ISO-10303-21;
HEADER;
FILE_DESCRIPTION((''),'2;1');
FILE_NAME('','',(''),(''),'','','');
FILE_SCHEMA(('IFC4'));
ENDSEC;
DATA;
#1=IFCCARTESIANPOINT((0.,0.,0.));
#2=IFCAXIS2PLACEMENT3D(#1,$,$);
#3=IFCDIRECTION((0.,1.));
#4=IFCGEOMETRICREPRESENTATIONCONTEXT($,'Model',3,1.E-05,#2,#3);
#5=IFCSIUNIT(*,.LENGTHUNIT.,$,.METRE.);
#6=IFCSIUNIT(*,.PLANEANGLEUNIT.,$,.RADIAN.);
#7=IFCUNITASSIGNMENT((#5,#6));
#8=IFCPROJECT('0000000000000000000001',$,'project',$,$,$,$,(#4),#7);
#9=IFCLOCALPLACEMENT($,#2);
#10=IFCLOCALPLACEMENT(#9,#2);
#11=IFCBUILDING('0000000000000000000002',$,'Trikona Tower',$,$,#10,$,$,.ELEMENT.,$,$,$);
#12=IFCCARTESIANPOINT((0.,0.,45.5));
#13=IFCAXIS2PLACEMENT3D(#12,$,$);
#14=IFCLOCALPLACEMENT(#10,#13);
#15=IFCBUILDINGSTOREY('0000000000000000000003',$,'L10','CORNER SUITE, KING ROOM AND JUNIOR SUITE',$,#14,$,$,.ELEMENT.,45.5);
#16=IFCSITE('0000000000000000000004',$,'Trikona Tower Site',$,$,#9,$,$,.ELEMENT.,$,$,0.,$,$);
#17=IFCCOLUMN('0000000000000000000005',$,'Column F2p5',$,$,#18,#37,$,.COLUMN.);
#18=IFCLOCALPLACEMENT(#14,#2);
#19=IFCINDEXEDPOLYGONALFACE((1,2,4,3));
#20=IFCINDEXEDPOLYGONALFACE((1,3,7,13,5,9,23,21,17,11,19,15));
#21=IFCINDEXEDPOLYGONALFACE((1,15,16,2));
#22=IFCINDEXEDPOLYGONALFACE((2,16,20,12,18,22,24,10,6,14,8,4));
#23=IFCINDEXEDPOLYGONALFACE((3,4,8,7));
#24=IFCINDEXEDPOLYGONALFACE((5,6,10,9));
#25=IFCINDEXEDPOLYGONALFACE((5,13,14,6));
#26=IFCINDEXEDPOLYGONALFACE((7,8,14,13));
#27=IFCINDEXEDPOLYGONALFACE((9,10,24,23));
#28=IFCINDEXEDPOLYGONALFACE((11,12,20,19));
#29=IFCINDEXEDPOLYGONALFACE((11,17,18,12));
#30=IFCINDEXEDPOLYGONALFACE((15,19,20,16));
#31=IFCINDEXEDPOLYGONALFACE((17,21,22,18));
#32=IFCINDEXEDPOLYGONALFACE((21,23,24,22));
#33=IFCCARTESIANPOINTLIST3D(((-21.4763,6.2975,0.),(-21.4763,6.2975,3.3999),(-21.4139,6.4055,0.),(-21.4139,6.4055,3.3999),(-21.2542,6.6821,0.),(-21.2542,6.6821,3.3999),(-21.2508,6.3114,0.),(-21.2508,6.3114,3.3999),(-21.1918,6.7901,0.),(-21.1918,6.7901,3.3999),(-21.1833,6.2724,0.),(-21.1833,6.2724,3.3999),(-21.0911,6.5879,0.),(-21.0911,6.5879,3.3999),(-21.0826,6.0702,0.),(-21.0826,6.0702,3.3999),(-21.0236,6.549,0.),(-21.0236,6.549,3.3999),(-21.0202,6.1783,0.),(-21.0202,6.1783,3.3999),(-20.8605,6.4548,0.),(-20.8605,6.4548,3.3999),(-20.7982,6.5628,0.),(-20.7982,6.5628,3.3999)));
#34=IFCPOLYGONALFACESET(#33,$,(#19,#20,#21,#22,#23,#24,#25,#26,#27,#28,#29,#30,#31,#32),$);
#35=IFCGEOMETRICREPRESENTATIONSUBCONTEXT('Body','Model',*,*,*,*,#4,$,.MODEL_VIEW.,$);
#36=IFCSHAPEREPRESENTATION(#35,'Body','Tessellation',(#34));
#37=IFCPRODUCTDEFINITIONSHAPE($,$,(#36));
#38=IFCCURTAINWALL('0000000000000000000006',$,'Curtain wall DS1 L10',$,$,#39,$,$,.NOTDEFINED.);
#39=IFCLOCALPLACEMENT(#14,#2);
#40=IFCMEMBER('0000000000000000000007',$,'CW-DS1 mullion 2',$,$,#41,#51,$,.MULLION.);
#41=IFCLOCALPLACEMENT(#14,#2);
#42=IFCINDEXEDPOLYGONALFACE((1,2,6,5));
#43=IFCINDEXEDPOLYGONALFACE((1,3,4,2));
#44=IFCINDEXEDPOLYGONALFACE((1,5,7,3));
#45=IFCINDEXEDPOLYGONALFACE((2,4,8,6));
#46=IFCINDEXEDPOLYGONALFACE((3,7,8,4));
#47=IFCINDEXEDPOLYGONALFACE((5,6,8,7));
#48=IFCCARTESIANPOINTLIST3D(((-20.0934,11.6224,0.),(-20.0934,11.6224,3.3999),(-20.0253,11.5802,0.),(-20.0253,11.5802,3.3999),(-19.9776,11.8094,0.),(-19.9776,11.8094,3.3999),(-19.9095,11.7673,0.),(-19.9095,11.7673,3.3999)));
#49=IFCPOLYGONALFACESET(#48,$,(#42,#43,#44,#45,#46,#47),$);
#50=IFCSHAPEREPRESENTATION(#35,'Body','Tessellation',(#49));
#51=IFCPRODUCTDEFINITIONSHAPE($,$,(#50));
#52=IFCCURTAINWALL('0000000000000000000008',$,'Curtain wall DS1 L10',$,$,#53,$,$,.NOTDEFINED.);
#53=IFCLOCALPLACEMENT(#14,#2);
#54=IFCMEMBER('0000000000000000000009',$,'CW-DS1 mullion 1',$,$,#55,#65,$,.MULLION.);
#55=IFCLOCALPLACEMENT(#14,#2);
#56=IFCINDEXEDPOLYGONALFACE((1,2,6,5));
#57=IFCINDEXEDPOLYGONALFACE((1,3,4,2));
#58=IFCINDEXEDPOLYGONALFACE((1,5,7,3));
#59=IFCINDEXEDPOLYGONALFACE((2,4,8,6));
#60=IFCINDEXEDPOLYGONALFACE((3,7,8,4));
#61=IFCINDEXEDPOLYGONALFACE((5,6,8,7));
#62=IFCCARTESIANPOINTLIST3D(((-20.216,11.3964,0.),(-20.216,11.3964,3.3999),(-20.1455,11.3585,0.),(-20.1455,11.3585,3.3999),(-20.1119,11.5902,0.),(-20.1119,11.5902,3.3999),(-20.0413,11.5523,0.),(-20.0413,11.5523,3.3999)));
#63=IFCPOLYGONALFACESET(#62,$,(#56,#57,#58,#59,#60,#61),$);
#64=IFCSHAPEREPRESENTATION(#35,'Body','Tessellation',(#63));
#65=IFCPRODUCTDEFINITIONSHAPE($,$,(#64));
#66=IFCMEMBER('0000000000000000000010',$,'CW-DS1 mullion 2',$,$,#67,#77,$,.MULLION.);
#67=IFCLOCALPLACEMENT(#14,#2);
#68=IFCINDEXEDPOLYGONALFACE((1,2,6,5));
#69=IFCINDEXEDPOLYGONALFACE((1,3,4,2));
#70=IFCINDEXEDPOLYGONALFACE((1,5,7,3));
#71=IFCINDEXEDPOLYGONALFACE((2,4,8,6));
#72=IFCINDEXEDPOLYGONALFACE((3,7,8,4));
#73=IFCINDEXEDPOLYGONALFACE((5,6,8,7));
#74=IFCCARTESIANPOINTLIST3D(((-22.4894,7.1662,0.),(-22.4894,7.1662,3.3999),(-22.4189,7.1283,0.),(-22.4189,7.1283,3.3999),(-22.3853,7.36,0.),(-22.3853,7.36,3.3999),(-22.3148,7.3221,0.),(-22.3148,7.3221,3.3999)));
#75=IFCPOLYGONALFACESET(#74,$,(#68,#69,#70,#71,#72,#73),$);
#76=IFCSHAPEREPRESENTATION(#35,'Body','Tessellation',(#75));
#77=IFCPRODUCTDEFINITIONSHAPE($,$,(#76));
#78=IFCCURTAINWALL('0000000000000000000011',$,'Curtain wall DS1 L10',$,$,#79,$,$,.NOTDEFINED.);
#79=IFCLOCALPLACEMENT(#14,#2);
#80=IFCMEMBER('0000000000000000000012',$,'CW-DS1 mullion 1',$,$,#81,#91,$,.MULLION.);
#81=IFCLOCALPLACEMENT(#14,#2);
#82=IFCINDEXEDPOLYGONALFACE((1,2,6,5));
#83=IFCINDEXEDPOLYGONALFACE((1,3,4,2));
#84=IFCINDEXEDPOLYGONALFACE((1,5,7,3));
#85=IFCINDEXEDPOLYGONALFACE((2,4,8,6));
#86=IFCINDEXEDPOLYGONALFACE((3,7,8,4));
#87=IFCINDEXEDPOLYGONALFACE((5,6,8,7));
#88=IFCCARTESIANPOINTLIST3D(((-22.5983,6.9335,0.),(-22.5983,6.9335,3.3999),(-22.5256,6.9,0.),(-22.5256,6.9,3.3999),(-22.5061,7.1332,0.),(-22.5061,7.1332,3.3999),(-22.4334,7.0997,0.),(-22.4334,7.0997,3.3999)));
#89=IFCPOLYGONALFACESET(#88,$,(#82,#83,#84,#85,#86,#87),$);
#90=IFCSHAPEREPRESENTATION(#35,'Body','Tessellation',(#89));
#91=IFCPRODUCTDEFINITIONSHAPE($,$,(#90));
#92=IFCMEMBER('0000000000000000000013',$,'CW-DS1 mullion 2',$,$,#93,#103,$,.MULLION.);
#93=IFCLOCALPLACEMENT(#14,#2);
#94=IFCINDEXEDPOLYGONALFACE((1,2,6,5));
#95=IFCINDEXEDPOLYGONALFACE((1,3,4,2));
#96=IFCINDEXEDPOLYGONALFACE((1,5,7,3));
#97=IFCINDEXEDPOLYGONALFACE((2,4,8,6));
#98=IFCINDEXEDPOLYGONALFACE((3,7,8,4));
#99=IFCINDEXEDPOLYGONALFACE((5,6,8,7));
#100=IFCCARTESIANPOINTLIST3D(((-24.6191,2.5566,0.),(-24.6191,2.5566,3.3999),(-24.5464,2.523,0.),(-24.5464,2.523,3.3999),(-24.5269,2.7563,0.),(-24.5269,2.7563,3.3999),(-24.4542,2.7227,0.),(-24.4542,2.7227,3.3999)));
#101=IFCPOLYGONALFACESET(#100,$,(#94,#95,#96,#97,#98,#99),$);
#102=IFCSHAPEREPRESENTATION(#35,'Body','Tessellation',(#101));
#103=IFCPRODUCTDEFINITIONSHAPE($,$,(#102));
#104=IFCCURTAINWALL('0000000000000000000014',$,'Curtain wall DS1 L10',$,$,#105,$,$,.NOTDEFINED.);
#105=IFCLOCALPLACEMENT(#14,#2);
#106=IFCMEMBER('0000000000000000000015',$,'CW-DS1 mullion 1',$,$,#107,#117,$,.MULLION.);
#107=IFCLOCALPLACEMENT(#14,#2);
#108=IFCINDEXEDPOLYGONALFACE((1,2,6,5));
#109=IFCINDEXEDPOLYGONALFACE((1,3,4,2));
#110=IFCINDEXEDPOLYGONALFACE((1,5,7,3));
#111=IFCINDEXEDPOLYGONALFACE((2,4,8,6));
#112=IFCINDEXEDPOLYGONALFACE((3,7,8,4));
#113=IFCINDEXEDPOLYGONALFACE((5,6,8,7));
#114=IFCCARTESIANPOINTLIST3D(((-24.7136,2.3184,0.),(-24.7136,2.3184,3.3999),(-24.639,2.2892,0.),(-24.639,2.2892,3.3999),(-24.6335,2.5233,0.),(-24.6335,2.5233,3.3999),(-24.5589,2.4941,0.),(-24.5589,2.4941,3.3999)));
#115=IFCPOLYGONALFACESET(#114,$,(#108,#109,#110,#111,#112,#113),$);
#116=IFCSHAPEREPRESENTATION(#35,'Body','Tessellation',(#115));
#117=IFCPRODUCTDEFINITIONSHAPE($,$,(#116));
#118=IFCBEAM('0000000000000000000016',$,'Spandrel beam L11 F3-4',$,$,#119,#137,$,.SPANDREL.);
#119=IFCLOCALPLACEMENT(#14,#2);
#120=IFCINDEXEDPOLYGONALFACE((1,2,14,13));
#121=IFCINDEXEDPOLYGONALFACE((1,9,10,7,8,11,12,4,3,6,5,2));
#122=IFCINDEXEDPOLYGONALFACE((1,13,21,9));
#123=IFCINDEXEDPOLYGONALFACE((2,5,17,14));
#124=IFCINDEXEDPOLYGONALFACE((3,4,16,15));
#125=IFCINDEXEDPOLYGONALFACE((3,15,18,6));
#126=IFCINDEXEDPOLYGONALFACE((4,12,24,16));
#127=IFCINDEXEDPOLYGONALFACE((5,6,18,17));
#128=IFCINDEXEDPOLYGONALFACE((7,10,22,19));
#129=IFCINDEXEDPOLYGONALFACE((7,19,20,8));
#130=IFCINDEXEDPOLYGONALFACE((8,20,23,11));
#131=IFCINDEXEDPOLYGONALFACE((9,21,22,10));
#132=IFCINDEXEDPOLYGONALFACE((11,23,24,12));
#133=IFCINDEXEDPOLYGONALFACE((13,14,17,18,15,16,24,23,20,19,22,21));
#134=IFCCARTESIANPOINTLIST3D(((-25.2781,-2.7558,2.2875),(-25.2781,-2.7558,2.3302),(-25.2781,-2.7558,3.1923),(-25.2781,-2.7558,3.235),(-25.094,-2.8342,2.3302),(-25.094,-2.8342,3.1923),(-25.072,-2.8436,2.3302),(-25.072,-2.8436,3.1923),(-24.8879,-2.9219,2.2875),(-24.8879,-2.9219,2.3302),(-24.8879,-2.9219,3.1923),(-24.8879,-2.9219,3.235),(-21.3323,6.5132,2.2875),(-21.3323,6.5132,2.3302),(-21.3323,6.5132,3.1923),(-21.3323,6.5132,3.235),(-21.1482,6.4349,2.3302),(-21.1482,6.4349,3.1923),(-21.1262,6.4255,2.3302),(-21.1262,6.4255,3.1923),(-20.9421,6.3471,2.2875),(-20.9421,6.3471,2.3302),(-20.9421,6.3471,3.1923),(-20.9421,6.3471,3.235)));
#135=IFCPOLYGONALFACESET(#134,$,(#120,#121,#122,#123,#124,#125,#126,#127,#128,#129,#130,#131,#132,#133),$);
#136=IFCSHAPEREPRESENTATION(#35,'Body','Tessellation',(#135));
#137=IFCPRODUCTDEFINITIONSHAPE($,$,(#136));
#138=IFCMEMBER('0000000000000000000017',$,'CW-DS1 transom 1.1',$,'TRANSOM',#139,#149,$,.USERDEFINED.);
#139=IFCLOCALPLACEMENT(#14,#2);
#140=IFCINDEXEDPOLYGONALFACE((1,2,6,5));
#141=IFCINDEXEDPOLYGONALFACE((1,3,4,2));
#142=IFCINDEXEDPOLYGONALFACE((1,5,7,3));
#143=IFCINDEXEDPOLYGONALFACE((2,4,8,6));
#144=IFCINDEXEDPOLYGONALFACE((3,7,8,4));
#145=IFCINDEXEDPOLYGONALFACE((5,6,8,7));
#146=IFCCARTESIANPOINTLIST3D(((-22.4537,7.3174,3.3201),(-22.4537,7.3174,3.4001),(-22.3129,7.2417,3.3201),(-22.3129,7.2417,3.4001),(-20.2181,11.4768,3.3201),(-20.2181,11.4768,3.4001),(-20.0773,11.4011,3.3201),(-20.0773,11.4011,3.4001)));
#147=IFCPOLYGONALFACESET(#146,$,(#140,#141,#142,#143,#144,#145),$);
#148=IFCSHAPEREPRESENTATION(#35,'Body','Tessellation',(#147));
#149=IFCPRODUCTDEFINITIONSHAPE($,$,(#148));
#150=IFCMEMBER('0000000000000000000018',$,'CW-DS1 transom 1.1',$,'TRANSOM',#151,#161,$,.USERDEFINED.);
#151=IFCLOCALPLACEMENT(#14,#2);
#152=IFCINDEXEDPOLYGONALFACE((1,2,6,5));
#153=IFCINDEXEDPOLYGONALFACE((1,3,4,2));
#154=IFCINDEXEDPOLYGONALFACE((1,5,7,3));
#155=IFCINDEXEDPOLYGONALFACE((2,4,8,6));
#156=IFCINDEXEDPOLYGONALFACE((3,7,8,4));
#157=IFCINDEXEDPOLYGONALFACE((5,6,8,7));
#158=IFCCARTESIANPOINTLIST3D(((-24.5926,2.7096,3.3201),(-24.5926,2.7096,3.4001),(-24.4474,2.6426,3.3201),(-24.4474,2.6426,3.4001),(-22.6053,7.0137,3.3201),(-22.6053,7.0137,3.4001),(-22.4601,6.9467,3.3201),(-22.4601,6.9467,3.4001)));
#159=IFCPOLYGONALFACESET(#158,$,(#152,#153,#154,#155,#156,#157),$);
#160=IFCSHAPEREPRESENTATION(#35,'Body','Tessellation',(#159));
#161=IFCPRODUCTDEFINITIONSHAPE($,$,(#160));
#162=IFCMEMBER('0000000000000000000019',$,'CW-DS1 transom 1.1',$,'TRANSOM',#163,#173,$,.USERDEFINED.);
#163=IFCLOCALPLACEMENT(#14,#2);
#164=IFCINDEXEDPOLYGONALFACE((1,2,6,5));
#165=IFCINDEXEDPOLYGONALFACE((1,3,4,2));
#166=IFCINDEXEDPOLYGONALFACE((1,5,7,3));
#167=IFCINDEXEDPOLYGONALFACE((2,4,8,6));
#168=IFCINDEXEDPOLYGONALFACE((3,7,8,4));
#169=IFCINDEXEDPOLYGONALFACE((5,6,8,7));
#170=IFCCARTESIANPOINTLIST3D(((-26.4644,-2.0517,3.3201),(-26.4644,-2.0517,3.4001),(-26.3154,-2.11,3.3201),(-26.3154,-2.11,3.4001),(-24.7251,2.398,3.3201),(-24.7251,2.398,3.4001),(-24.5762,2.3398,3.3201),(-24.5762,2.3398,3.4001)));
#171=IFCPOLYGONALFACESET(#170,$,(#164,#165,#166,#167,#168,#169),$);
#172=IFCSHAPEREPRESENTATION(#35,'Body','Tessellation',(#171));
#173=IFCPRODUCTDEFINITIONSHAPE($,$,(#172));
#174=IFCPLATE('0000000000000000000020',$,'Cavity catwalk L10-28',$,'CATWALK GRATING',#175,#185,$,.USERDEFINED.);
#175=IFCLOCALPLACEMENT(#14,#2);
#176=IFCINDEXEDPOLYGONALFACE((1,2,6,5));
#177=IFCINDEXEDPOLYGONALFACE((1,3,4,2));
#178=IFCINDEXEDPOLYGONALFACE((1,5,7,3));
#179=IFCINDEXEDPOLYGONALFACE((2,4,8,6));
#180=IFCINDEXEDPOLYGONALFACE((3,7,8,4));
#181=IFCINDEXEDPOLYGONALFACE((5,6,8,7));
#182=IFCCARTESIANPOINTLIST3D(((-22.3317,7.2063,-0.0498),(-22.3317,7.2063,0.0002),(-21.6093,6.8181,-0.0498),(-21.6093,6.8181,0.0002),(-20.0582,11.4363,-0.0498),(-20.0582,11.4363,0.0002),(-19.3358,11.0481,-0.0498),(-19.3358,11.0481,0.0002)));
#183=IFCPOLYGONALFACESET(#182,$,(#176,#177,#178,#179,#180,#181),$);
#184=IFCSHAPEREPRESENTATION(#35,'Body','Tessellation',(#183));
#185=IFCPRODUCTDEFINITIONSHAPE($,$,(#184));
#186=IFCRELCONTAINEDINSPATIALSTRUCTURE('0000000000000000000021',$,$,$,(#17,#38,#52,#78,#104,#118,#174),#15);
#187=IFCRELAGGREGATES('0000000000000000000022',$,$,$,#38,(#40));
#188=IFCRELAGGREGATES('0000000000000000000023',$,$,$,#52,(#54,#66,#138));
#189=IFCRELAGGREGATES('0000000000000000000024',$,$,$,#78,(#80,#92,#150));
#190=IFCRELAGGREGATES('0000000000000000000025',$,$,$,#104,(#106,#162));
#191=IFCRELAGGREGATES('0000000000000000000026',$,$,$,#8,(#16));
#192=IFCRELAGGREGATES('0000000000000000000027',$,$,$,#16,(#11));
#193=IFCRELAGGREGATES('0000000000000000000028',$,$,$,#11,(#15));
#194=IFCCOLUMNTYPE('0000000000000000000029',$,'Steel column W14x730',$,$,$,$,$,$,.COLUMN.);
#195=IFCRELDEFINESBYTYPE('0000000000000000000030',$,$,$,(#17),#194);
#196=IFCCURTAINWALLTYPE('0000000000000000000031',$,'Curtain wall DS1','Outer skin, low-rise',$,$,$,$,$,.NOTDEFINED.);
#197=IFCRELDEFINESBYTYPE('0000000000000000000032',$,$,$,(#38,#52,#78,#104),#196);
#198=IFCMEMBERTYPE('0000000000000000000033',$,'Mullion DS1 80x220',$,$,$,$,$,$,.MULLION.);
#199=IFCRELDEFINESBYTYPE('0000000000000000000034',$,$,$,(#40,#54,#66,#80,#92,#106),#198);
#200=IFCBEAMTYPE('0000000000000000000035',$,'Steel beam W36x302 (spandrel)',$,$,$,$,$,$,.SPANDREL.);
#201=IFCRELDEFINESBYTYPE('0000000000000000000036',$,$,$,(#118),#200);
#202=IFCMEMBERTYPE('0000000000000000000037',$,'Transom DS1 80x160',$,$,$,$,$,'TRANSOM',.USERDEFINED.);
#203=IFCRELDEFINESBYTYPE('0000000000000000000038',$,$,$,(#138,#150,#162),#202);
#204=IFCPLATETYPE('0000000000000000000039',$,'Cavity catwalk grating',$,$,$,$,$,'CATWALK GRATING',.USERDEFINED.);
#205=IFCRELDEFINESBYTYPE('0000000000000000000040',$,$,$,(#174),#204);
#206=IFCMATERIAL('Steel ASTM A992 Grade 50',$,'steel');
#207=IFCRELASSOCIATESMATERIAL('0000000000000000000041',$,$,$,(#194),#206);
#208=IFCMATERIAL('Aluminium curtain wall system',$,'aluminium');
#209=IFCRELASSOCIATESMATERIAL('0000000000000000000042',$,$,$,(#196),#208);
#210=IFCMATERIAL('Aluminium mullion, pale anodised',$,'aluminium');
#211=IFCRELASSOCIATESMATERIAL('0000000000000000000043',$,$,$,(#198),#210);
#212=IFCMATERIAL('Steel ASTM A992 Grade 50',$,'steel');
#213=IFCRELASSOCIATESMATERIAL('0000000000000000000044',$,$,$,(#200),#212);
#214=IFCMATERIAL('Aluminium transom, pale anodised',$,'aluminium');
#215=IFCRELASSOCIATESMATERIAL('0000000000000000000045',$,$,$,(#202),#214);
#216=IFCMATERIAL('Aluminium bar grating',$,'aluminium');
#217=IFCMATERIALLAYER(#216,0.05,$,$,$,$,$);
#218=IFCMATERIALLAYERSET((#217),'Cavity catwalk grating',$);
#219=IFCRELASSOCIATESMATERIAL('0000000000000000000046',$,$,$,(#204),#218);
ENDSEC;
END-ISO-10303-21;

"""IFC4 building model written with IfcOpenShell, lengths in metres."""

from ifc_helpers import new_model, si_unit, direction, frame, origin, origin_2d, place, context, subcontext, project, spatial, rectangle, i_section, extrude, material, layer, layer_set, material_profile, profile_set, type_object, element, aggregate, save


model = new_model("IFC4")

# Units and contexts
model_context = context("Model", 3, precision=1e-05, world=origin(), true_north=direction((0.0, 1.0)))
body_context = subcontext(model_context, "Body", "Model", "MODEL_VIEW")
ifc_project = project(units=[si_unit("LENGTHUNIT", "METRE"), si_unit("PLANEANGLEUNIT", "RADIAN")], contexts=[model_context])

# Site, building, storey
site_placement = place(None, origin())
site = spatial("IfcSite", under=ifc_project, at=site_placement, Name="Trikona Tower Site", CompositionType="ELEMENT", RefElevation=0.0)
building_placement = place(site_placement, origin())
building = spatial("IfcBuilding", under=site, at=building_placement, Name="Trikona Tower", CompositionType="ELEMENT")
storey_placement = place(building_placement, frame((0.0, 0.0, 45.5)))
storey = spatial("IfcBuildingStorey", under=building, at=storey_placement, Name="L10", Description="CORNER SUITE, KING ROOM AND JUNIOR SUITE", CompositionType="ELEMENT", Elevation=45.5)

# Column
ifc_material_1 = material(Name="Steel ASTM A992 Grade 50", Category="steel")
ifc_material_profile_1 = material_profile(ifc_material_1, i_section(OverallWidth=0.4546, OverallDepth=0.5688, WebThickness=0.0779, FlangeThickness=0.1248, at=origin_2d()), Name="W14X730")
ifc_profile_set_1 = profile_set([ifc_material_profile_1], Name="Steel ASTM A992 Grade 50")
column_type = type_object("IfcColumnType", Name="Steel column W14x730", PredefinedType="COLUMN", material=ifc_profile_set_1)
column_placement = place(storey_placement, frame((-21.1372, 6.4302, 0.0), z_axis=(0.0, 0.0, 1.0), x_axis=(-0.866025, 0.5, 0.0)))
element("IfcColumn", 1, at=column_placement, inside=storey, type_object=column_type, Name="Column F2p5", PredefinedType="COLUMN", context=body_context, shape_type="SweptSolid", body=[
    extrude(i_section(OverallWidth=0.4546, OverallDepth=0.5688, WebThickness=0.0779, FlangeThickness=0.1248, at=origin_2d()), origin(), (0.0, 0.0, 1.0), 3.3999),
])

# Curtain wall, member
ifc_material_2 = material(Name="Aluminium curtain wall system", Category="aluminium")
curtain_wall_type = type_object("IfcCurtainWallType", Name="Curtain wall DS1", Description="Outer skin, low-rise", PredefinedType="NOTDEFINED", material=ifc_material_2)
curtain_wall_1_placement = place(storey_placement, origin())
curtain_wall_1 = element("IfcCurtainWall", 2, at=curtain_wall_1_placement, inside=storey, type_object=curtain_wall_type, Name="Curtain wall DS1 L10", PredefinedType="NOTDEFINED")
ifc_material_3 = material(Name="Aluminium mullion, pale anodised", Category="aluminium")
ifc_material_profile_2 = material_profile(ifc_material_3, rectangle(XDim=0.0801, YDim=0.22, at=origin_2d()), Name="MUL-DS1")
ifc_profile_set_2 = profile_set([ifc_material_profile_2], Name="Aluminium mullion, pale anodised")
member_type_1 = type_object("IfcMemberType", Name="Mullion DS1 80x220", PredefinedType="MULLION", material=ifc_profile_set_2)
member_1_placement = place(storey_placement, frame((-20.0015, 11.6948, 0.0), z_axis=(0.0, 0.0, 1.0), x_axis=(0.85041, -0.52612, 0.0)))
member_1 = element("IfcMember", 3, at=member_1_placement, type_object=member_type_1, Name="CW-DS1 mullion 2", PredefinedType="MULLION", context=body_context, shape_type="SweptSolid", body=[
    extrude(rectangle(XDim=0.0801, YDim=0.22, at=origin_2d()), origin(), (0.0, 0.0, 1.0), 3.3999),
])
aggregate(curtain_wall_1, [member_1])

# Curtain walls, members
curtain_wall_2_placement = place(storey_placement, origin())
curtain_wall_2 = element("IfcCurtainWall", 4, at=curtain_wall_2_placement, inside=storey, type_object=curtain_wall_type, Name="Curtain wall DS1 L10", PredefinedType="NOTDEFINED")
member_2_placement = place(storey_placement, frame((-20.1287, 11.4744, 0.0), z_axis=(0.0, 0.0, 1.0), x_axis=(0.880843, -0.473408, 0.0)))
member_2 = element("IfcMember", 5, at=member_2_placement, type_object=member_type_1, Name="CW-DS1 mullion 1", PredefinedType="MULLION", context=body_context, shape_type="SweptSolid", body=[
    extrude(rectangle(XDim=0.0801, YDim=0.22, at=origin_2d()), origin(), (0.0, 0.0, 1.0), 3.3999),
])
member_3_placement = place(storey_placement, frame((-22.4021, 7.2441, 0.0), z_axis=(0.0, 0.0, 1.0), x_axis=(0.880843, -0.473408, 0.0)))
member_3 = element("IfcMember", 6, at=member_3_placement, type_object=member_type_1, Name="CW-DS1 mullion 2", PredefinedType="MULLION", context=body_context, shape_type="SweptSolid", body=[
    extrude(rectangle(XDim=0.0801, YDim=0.22, at=origin_2d()), origin(), (0.0, 0.0, 1.0), 3.3999),
])
curtain_wall_3_placement = place(storey_placement, origin())
curtain_wall_3 = element("IfcCurtainWall", 7, at=curtain_wall_3_placement, inside=storey, type_object=curtain_wall_type, Name="Curtain wall DS1 L10", PredefinedType="NOTDEFINED")
member_4_placement = place(storey_placement, frame((-22.5159, 7.0166, 0.0), z_axis=(0.0, 0.0, 1.0), x_axis=(0.907898, -0.41919, 0.0)))
member_4 = element("IfcMember", 8, at=member_4_placement, type_object=member_type_1, Name="CW-DS1 mullion 1", PredefinedType="MULLION", context=body_context, shape_type="SweptSolid", body=[
    extrude(rectangle(XDim=0.0801, YDim=0.22, at=origin_2d()), origin(), (0.0, 0.0, 1.0), 3.3999),
])
member_5_placement = place(storey_placement, frame((-24.5366, 2.6396, 0.0), z_axis=(0.0, 0.0, 1.0), x_axis=(0.907898, -0.41919, 0.0)))
member_5 = element("IfcMember", 9, at=member_5_placement, type_object=member_type_1, Name="CW-DS1 mullion 2", PredefinedType="MULLION", context=body_context, shape_type="SweptSolid", body=[
    extrude(rectangle(XDim=0.0801, YDim=0.22, at=origin_2d()), origin(), (0.0, 0.0, 1.0), 3.3999),
])

# Curtain wall, member
curtain_wall_4_placement = place(storey_placement, origin())
curtain_wall_4 = element("IfcCurtainWall", 10, at=curtain_wall_4_placement, inside=storey, type_object=curtain_wall_type, Name="Curtain wall DS1 L10", PredefinedType="NOTDEFINED")
member_6_placement = place(storey_placement, frame((-24.6362, 2.4062, 0.0), z_axis=(0.0, 0.0, 1.0), x_axis=(0.931396, -0.364008, 0.0)))
member_6 = element("IfcMember", 11, at=member_6_placement, type_object=member_type_1, Name="CW-DS1 mullion 1", PredefinedType="MULLION", context=body_context, shape_type="SweptSolid", body=[
    extrude(rectangle(XDim=0.0801, YDim=0.22, at=origin_2d()), origin(), (0.0, 0.0, 1.0), 3.3999),
])

# Beam
ifc_material_4 = material(Name="Steel ASTM A992 Grade 50", Category="steel")
ifc_material_profile_3 = material_profile(ifc_material_4, i_section(OverallWidth=0.4241, OverallDepth=0.9475, WebThickness=0.0239, FlangeThickness=0.0427, at=origin_2d()), Name="W36X302")
ifc_profile_set_3 = profile_set([ifc_material_profile_3], Name="Steel ASTM A992 Grade 50")
beam_type = type_object("IfcBeamType", Name="Steel beam W36x302 (spandrel)", PredefinedType="SPANDREL", material=ifc_profile_set_3)
beam_placement = place(storey_placement, frame((-21.1372, 6.4302, 2.7612), z_axis=(-0.391684, -0.9201, 0.0), x_axis=(0.9201, -0.391684, 0.0)))
element("IfcBeam", 12, at=beam_placement, inside=storey, type_object=beam_type, Name="Spandrel beam L11 F3-4", PredefinedType="SPANDREL", context=body_context, shape_type="SweptSolid", body=[
    extrude(i_section(OverallWidth=0.4241, OverallDepth=0.9475, WebThickness=0.0239, FlangeThickness=0.0427, at=origin_2d()), origin(), (0.0, 0.0, 1.0), 10.074),
])

# Members
ifc_material_5 = material(Name="Aluminium transom, pale anodised", Category="aluminium")
ifc_material_profile_4 = material_profile(ifc_material_5, rectangle(XDim=0.1599, YDim=0.0801, at=origin_2d()), Name="TRN-DS1")
ifc_profile_set_4 = profile_set([ifc_material_profile_4], Name="Aluminium transom, pale anodised")
member_type_2 = type_object("IfcMemberType", Name="Transom DS1 80x160", ElementType="TRANSOM", PredefinedType="USERDEFINED", material=ifc_profile_set_4)
member_7_placement = place(storey_placement, frame((-20.1477, 11.439, 3.3601), z_axis=(-0.473428, -0.880833, 0.0), x_axis=(0.880833, -0.473428, 0.0)))
member_7 = element("IfcMember", 13, at=member_7_placement, type_object=member_type_2, Name="CW-DS1 transom 1.1", ObjectType="TRANSOM", PredefinedType="USERDEFINED", context=body_context, shape_type="SweptSolid", body=[
    extrude(rectangle(XDim=0.1599, YDim=0.0801, at=origin_2d()), origin(), (0.0, 0.0, 1.0), 4.7222),
])
member_8_placement = place(storey_placement, frame((-22.5327, 6.9802, 3.3601), z_axis=(-0.419189, -0.907899, 0.0), x_axis=(0.907899, -0.419189, 0.0)))
member_8 = element("IfcMember", 14, at=member_8_placement, type_object=member_type_2, Name="CW-DS1 transom 1.1", ObjectType="TRANSOM", PredefinedType="USERDEFINED", context=body_context, shape_type="SweptSolid", body=[
    extrude(rectangle(XDim=0.1599, YDim=0.0801, at=origin_2d()), origin(), (0.0, 0.0, 1.0), 4.7407),
])
member_9_placement = place(storey_placement, frame((-24.6506, 2.3689, 3.3601), z_axis=(-0.364049, -0.93138, 0.0), x_axis=(0.93138, -0.364049, 0.0)))
member_9 = element("IfcMember", 15, at=member_9_placement, type_object=member_type_2, Name="CW-DS1 transom 1.1", ObjectType="TRANSOM", PredefinedType="USERDEFINED", context=body_context, shape_type="SweptSolid", body=[
    extrude(rectangle(XDim=0.1599, YDim=0.0801, at=origin_2d()), origin(), (0.0, 0.0, 1.0), 4.7776),
])

# Plate
ifc_material_6 = material(Name="Aluminium bar grating", Category="aluminium")
ifc_layer_1 = layer(ifc_material_6, 0.05)
ifc_layer_set_1 = layer_set([ifc_layer_1], Name="Cavity catwalk grating")
plate_type_1 = type_object("IfcPlateType", Name="Cavity catwalk grating", ElementType="CATWALK GRATING", PredefinedType="USERDEFINED", material=ifc_layer_set_1)
plate_1_placement = place(storey_placement, frame((-20.8337, 9.1272, -0.0498), z_axis=(0.0, 0.0, 1.0), x_axis=(-0.473423, -0.880835, 0.0)))
element("IfcPlate", 16, at=plate_1_placement, inside=storey, type_object=plate_type_1, Name="Cavity catwalk L10-28", ObjectType="CATWALK GRATING", PredefinedType="USERDEFINED", context=body_context, shape_type="SweptSolid", body=[
    extrude(rectangle(XDim=4.8022, YDim=0.8201, at=origin_2d()), origin(), (0.0, 0.0, 1.0), 0.05),
])

aggregate(curtain_wall_2, [member_2, member_3, member_7])
aggregate(curtain_wall_3, [member_4, member_5, member_8])
aggregate(curtain_wall_4, [member_6, member_9])

save(model, "model.ifc")
